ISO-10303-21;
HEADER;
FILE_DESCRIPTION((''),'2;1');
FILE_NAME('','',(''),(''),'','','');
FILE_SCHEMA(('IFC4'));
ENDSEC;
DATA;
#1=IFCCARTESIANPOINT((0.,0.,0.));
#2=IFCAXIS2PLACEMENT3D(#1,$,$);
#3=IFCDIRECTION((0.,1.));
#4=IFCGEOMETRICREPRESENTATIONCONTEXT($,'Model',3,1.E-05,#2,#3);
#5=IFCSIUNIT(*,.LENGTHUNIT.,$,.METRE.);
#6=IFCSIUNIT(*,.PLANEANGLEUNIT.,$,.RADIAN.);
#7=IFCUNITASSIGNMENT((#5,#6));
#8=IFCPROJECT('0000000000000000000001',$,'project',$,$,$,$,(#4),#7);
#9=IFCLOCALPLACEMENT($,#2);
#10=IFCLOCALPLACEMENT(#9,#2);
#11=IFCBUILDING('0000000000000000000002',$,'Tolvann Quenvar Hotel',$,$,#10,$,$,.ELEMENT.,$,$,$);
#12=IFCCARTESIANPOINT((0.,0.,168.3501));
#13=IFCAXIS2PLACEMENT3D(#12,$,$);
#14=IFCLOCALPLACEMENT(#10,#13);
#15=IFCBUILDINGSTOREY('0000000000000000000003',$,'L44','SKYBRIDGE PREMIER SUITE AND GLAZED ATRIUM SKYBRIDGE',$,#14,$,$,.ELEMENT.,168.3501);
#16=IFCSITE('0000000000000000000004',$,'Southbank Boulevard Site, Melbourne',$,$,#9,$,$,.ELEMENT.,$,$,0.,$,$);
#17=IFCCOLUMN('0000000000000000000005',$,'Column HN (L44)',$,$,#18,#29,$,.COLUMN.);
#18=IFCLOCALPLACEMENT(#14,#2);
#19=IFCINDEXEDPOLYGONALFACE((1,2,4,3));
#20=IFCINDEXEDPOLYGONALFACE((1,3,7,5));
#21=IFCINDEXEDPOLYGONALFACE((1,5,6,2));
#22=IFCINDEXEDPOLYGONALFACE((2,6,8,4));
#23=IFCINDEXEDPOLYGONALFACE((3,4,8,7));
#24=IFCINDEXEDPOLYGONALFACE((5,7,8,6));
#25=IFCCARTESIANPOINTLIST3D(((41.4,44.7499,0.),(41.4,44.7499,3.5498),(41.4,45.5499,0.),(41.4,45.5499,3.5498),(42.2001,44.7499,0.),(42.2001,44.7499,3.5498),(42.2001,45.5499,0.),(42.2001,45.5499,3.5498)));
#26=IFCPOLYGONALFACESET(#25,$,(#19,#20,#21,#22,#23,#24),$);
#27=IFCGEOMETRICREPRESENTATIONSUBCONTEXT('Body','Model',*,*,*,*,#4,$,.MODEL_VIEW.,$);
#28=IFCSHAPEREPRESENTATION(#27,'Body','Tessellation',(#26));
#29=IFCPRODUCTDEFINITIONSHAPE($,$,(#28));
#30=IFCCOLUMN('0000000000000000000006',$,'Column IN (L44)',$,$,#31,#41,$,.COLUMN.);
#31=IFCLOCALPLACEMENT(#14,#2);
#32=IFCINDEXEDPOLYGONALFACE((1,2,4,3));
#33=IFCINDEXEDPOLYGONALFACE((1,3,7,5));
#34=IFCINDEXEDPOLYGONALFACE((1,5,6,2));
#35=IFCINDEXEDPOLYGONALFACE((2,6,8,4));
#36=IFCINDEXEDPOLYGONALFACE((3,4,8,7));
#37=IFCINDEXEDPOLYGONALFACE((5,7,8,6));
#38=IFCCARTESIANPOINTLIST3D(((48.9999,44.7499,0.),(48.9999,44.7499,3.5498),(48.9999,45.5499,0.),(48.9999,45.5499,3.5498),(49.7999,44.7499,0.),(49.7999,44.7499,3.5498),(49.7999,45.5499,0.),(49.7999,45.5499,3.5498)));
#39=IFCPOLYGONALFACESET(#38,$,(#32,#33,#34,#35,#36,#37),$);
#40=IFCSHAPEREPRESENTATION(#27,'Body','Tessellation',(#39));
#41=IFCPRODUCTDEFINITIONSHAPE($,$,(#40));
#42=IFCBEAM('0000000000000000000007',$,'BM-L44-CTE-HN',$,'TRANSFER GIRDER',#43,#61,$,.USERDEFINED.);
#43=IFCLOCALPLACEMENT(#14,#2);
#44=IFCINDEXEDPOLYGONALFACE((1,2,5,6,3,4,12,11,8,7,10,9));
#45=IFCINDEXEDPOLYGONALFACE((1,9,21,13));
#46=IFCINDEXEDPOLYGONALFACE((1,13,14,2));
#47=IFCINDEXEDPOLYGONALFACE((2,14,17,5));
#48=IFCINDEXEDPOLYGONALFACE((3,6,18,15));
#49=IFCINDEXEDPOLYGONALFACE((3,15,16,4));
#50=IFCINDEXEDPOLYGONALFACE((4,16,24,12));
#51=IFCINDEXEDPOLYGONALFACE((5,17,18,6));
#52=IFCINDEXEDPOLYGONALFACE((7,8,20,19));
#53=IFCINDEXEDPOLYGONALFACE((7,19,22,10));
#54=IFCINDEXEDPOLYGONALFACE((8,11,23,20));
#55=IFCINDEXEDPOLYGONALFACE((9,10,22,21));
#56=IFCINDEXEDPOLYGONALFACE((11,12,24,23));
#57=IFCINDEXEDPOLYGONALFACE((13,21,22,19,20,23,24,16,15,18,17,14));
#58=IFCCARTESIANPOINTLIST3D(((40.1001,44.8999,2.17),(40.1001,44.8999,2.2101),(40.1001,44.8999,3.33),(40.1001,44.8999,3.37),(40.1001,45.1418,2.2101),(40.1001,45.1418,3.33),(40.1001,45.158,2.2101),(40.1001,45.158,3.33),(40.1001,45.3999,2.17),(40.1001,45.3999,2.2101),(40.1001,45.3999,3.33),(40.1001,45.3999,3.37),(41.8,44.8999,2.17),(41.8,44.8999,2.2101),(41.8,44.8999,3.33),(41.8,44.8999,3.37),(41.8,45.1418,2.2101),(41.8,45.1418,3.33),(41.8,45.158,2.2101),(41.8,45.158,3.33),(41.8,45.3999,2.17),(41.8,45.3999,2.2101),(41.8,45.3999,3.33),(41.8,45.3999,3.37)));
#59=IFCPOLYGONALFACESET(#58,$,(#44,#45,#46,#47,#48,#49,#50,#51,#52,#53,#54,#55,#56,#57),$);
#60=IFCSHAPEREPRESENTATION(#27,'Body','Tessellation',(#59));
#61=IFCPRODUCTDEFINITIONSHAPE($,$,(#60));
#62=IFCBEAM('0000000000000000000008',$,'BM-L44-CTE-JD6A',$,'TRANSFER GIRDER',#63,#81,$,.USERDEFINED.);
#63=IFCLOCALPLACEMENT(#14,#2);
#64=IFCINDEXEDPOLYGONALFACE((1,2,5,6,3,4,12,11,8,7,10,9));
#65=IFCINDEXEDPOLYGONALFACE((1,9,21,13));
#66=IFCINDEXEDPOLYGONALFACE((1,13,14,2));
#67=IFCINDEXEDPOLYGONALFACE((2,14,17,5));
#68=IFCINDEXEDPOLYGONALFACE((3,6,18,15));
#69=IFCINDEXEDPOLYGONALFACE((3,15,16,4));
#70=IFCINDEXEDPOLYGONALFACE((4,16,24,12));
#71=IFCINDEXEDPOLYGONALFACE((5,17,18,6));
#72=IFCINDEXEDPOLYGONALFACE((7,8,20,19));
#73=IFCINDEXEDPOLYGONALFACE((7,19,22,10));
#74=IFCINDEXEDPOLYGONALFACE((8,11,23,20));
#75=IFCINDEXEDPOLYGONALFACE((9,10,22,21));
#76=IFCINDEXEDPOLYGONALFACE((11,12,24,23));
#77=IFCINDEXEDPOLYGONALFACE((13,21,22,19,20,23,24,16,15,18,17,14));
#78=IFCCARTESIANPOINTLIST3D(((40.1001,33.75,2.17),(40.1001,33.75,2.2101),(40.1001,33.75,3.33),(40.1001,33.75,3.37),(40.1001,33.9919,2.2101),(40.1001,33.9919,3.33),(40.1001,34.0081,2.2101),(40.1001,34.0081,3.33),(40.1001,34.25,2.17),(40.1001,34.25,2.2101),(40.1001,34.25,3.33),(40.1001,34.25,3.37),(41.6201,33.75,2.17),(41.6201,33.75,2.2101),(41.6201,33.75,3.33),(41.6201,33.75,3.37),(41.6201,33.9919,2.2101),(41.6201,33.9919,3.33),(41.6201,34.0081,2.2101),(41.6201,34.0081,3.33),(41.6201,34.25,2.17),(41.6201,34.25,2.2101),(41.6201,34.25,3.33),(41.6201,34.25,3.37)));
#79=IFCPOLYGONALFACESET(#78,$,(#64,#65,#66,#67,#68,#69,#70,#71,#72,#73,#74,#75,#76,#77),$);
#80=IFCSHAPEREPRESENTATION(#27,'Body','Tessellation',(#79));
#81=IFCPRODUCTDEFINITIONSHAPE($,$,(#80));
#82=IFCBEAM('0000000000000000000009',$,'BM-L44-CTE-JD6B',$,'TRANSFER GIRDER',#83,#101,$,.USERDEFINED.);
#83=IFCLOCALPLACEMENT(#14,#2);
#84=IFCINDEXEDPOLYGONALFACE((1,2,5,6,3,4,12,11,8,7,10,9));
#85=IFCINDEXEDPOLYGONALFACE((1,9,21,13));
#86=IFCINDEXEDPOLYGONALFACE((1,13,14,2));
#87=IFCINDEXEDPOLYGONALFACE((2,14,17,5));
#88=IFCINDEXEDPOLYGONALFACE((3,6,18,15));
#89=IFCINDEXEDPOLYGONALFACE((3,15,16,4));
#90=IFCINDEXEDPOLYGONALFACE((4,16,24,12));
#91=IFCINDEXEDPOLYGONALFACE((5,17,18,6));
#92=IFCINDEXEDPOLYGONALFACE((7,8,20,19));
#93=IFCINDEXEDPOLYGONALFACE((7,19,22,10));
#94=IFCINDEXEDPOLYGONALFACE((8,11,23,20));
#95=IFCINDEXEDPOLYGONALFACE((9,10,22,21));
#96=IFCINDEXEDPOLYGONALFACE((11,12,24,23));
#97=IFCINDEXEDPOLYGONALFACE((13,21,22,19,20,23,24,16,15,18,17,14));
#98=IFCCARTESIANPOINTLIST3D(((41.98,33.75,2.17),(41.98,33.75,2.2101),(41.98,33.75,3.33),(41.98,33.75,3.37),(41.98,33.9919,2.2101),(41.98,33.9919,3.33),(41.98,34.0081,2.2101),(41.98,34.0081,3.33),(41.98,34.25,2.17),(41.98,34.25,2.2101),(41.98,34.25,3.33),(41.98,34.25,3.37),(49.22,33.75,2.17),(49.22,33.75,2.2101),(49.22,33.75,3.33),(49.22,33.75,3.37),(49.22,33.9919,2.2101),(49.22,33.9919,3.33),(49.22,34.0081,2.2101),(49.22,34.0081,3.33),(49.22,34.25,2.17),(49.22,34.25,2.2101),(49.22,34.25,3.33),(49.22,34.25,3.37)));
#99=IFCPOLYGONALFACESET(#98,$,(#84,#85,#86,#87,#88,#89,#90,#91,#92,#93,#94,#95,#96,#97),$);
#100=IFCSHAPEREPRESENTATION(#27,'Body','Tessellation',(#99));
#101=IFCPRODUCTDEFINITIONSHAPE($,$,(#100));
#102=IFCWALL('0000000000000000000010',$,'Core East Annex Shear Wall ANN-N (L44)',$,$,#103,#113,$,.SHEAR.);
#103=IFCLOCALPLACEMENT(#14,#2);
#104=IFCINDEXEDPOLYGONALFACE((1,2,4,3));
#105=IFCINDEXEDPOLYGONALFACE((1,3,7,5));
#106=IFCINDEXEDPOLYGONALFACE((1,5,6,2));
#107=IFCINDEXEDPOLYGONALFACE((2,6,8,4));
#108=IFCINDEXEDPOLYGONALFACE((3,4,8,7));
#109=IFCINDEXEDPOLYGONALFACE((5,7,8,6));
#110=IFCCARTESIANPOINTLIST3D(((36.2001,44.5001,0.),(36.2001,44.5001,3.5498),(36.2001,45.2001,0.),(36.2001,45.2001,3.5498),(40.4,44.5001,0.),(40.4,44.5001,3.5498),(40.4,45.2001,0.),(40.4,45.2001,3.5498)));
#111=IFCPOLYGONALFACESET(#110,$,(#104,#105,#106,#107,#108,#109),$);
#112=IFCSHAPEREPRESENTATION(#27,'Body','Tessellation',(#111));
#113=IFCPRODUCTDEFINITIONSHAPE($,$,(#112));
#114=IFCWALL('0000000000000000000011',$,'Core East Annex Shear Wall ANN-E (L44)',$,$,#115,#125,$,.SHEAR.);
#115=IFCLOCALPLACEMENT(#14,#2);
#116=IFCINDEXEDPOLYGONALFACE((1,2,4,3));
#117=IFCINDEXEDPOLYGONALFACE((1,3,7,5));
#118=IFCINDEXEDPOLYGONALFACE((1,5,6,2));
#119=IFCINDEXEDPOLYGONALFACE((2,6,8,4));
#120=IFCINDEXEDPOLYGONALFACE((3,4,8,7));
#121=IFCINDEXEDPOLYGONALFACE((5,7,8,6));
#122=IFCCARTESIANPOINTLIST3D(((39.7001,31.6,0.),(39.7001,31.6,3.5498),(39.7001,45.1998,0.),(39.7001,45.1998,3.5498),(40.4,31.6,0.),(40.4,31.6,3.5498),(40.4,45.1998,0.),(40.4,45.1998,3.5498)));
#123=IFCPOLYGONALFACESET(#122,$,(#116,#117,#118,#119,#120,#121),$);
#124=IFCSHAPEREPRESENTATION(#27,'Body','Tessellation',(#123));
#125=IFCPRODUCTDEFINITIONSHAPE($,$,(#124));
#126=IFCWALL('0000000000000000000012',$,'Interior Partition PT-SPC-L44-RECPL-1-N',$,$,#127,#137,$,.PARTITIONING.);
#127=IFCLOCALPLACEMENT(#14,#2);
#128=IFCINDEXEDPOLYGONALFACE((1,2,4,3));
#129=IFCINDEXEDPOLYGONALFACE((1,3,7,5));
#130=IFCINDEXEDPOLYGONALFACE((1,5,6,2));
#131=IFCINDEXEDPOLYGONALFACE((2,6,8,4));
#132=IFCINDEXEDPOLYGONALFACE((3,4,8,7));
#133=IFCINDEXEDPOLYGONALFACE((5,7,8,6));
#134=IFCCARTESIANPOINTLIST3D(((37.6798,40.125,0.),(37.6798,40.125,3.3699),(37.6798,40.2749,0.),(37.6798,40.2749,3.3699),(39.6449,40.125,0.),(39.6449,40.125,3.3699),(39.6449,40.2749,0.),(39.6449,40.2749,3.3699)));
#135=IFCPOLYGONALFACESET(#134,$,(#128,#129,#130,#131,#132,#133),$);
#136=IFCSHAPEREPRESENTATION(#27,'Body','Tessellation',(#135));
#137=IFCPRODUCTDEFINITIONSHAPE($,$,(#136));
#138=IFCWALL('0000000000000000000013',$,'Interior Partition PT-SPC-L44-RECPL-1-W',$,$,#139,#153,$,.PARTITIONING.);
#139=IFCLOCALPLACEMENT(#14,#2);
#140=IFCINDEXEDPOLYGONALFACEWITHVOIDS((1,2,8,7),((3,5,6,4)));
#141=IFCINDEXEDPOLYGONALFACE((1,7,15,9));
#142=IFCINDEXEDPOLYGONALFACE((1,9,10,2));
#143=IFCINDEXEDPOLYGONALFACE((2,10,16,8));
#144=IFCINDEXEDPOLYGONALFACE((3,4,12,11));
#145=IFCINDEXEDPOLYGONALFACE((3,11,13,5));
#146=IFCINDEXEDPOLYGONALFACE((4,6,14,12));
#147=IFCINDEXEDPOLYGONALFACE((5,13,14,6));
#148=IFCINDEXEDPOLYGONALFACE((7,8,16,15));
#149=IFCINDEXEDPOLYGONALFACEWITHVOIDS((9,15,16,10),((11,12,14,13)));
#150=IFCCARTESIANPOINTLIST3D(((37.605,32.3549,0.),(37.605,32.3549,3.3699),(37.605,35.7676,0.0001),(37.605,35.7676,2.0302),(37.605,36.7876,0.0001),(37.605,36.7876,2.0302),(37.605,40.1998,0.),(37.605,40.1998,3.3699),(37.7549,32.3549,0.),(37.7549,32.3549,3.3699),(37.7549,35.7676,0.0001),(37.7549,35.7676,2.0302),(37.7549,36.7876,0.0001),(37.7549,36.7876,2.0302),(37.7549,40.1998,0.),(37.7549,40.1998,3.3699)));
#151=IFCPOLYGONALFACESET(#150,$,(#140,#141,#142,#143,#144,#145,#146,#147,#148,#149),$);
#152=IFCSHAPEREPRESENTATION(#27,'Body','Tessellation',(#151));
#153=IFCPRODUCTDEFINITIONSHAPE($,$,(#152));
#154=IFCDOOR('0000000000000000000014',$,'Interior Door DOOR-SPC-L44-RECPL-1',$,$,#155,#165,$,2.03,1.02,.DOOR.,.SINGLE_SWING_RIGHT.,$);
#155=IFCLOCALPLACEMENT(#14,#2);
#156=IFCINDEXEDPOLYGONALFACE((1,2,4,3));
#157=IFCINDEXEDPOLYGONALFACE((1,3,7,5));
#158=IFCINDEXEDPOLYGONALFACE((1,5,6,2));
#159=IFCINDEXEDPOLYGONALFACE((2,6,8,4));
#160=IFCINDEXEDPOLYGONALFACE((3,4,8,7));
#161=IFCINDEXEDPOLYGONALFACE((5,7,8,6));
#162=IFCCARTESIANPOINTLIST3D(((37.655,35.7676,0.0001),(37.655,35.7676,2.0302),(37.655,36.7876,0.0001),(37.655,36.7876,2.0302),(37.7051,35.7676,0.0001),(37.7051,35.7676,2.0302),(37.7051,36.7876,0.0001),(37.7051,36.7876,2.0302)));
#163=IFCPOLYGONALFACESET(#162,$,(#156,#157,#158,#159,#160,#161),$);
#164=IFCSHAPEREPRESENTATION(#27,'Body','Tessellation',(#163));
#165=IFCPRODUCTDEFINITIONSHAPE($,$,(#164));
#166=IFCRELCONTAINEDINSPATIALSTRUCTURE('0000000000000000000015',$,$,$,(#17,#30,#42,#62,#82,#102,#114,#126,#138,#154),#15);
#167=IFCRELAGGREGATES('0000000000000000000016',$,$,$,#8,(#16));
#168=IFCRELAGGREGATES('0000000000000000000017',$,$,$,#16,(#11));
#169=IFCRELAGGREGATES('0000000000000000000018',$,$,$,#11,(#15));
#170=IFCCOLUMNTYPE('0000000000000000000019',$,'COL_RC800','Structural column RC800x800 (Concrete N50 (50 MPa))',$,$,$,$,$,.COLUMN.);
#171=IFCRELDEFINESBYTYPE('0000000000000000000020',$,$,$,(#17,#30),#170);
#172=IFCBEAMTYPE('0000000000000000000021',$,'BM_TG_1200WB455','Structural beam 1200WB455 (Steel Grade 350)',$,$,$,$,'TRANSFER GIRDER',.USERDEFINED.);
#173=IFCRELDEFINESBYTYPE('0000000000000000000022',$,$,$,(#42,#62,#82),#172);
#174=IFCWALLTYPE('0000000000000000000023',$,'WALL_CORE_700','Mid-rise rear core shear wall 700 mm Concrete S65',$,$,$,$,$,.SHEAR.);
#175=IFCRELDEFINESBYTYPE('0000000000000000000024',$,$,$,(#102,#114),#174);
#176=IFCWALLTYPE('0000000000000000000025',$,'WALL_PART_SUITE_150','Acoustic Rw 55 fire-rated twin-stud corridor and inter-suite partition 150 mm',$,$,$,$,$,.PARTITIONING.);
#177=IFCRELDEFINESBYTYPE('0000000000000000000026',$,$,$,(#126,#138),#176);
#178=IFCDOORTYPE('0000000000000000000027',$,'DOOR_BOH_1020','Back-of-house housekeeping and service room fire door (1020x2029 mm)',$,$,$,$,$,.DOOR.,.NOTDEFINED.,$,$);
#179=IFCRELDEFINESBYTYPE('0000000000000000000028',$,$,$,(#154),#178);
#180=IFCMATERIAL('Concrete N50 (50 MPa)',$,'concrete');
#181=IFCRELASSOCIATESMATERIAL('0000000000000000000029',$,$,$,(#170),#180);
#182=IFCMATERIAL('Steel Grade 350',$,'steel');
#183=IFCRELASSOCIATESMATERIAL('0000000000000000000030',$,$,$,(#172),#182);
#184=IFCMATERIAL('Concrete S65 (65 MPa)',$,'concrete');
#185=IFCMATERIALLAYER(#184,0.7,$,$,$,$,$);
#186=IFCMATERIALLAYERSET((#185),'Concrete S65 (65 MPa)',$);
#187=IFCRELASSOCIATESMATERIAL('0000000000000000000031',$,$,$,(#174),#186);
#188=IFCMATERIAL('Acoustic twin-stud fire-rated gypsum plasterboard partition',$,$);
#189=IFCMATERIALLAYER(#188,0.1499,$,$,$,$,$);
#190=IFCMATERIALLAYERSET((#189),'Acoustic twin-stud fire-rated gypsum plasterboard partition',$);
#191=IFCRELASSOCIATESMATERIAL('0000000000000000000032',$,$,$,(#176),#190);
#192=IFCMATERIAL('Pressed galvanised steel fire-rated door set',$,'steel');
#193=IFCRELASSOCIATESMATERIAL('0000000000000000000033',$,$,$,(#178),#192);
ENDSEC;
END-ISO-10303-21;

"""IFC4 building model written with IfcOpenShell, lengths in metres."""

from ifc_helpers import new_model, si_unit, direction, frame, frame_2d, origin, origin_2d, place, context, subcontext, project, spatial, rectangle, i_section, extrude, source, transform, mapped, material, layer, layer_set, material_profile, profile_set, type_object, type_shapes, element, fill, save


model = new_model("IFC4")

# Units and contexts
model_context = context("Model", 3, precision=1e-05, world=origin(), true_north=direction((0.0, 1.0)))
body_context = subcontext(model_context, "Body", "Model", "MODEL_VIEW")
ifc_project = project(units=[si_unit("LENGTHUNIT", "METRE"), si_unit("PLANEANGLEUNIT", "RADIAN")], contexts=[model_context])

# Site, building, storey
site_placement = place(None, origin())
site = spatial("IfcSite", under=ifc_project, at=site_placement, Name="Southbank Boulevard Site, Melbourne", CompositionType="ELEMENT", RefElevation=0.0)
building_placement = place(site_placement, origin())
building = spatial("IfcBuilding", under=site, at=building_placement, Name="Tolvann Quenvar Hotel", CompositionType="ELEMENT")
storey_placement = place(building_placement, frame((0.0, 0.0, 168.3501)))
storey = spatial("IfcBuildingStorey", under=building, at=storey_placement, Name="L44", Description="SKYBRIDGE PREMIER SUITE AND GLAZED ATRIUM SKYBRIDGE", CompositionType="ELEMENT", Elevation=168.3501)

# Columns
ifc_material_1 = material(Name="Concrete N50 (50 MPa)", Category="concrete")
ifc_material_profile_1 = material_profile(ifc_material_1, rectangle(XDim=0.8, YDim=0.8, at=origin_2d()), Name="RC800x800")
ifc_profile_set_1 = profile_set([ifc_material_profile_1], Name="Concrete N50 (50 MPa)")
column_type = type_object("IfcColumnType", Name="COL_RC800", Description="Structural column RC800x800 (Concrete N50 (50 MPa))", PredefinedType="COLUMN", material=ifc_profile_set_1)
shared_shape_1 = source(origin(), body_context, "Body", "SweptSolid", [
    extrude(rectangle(XDim=0.8, YDim=0.8, at=origin_2d()), origin(), (0.0, 0.0, 1.0), 3.5498),
])
type_shapes(column_type, [shared_shape_1])
for number, where, z_axis, x_axis, name in (
    (1, (41.8, 45.1499, 0.0), (0.0, 0.0, 1.0), (1.0, 0.0, 0.0), "Column HN (L44)"),
    (2, (49.3999, 45.1499, 0.0), (0.0, 0.0, 1.0), (1.0, 0.0, 0.0), "Column IN (L44)"),
):
    element("IfcColumn", number, at=place(storey_placement, frame(where, z_axis=z_axis, x_axis=x_axis)), inside=storey, type_object=column_type, Name=name, PredefinedType="COLUMN", context=body_context, shape_type="MappedRepresentation", body=[
        mapped(shared_shape_1, transform((0.0, 0.0, 0.0), x_axis=(1.0, 0.0, 0.0), y_axis=(0.0, 1.0, 0.0), z_axis=(0.0, 0.0, 1.0), scale=1.0)),
    ])

# Beams
ifc_material_2 = material(Name="Steel Grade 350", Category="steel")
ifc_material_profile_2 = material_profile(ifc_material_2, i_section(OverallWidth=0.5, OverallDepth=1.2, WebThickness=0.0161, FlangeThickness=0.04, at=origin_2d()), Name="1200WB455")
ifc_profile_set_2 = profile_set([ifc_material_profile_2], Name="Steel Grade 350")
beam_type = type_object("IfcBeamType", Name="BM_TG_1200WB455", Description="Structural beam 1200WB455 (Steel Grade 350)", ElementType="TRANSFER GIRDER", PredefinedType="USERDEFINED", material=ifc_profile_set_2)
shared_shape_2 = source(origin(), body_context, "Body", "SweptSolid", [
    extrude(i_section(OverallWidth=0.5, OverallDepth=1.2, WebThickness=0.0161, FlangeThickness=0.04, at=origin_2d()), origin(), (0.0, 0.0, 1.0), 1.7),
])
beam_1_placement = place(storey_placement, frame((40.1001, 45.1499, 2.77), z_axis=(1.0, 0.0, 0.0), x_axis=(0.0, 1.0, 0.0)))
element("IfcBeam", 3, at=beam_1_placement, inside=storey, type_object=beam_type, Name="BM-L44-CTE-HN", ObjectType="TRANSFER GIRDER", PredefinedType="USERDEFINED", context=body_context, shape_type="MappedRepresentation", body=[
    mapped(shared_shape_2, transform((0.0, 0.0, 0.0), x_axis=(1.0, 0.0, 0.0), y_axis=(0.0, 1.0, 0.0), z_axis=(0.0, 0.0, 1.0), scale=1.0)),
])
shared_shape_3 = source(origin(), body_context, "Body", "SweptSolid", [
    extrude(i_section(OverallWidth=0.5, OverallDepth=1.2, WebThickness=0.0161, FlangeThickness=0.04, at=origin_2d()), origin(), (0.0, 0.0, 1.0), 1.52),
])
beam_2_placement = place(storey_placement, frame((40.1001, 34.0, 2.77), z_axis=(1.0, 0.0, 0.0), x_axis=(0.0, 1.0, 0.0)))
element("IfcBeam", 4, at=beam_2_placement, inside=storey, type_object=beam_type, Name="BM-L44-CTE-JD6A", ObjectType="TRANSFER GIRDER", PredefinedType="USERDEFINED", context=body_context, shape_type="MappedRepresentation", body=[
    mapped(shared_shape_3, transform((0.0, 0.0, 0.0), x_axis=(1.0, 0.0, 0.0), y_axis=(0.0, 1.0, 0.0), z_axis=(0.0, 0.0, 1.0), scale=1.0)),
])
shared_shape_4 = source(origin(), body_context, "Body", "SweptSolid", [
    extrude(i_section(OverallWidth=0.5, OverallDepth=1.2, WebThickness=0.0161, FlangeThickness=0.04, at=origin_2d()), origin(), (0.0, 0.0, 1.0), 7.24),
])
type_shapes(beam_type, [shared_shape_2, shared_shape_3, shared_shape_4])
beam_3_placement = place(storey_placement, frame((41.98, 34.0, 2.77), z_axis=(1.0, 0.0, 0.0), x_axis=(0.0, 1.0, 0.0)))
element("IfcBeam", 5, at=beam_3_placement, inside=storey, type_object=beam_type, Name="BM-L44-CTE-JD6B", ObjectType="TRANSFER GIRDER", PredefinedType="USERDEFINED", context=body_context, shape_type="MappedRepresentation", body=[
    mapped(shared_shape_4, transform((0.0, 0.0, 0.0), x_axis=(1.0, 0.0, 0.0), y_axis=(0.0, 1.0, 0.0), z_axis=(0.0, 0.0, 1.0), scale=1.0)),
])

# Walls
ifc_material_3 = material(Name="Concrete S65 (65 MPa)", Category="concrete")
ifc_layer_1 = layer(ifc_material_3, 0.7)
ifc_layer_set_1 = layer_set([ifc_layer_1], Name="Concrete S65 (65 MPa)")
wall_type_1 = type_object("IfcWallType", Name="WALL_CORE_700", Description="Mid-rise rear core shear wall 700 mm Concrete S65", PredefinedType="SHEAR", material=ifc_layer_set_1)
wall_1_placement = place(storey_placement, frame((36.2, 44.8501, 0.0), z_axis=(0.0, 0.0, 1.0), x_axis=(1.0, 0.0, 0.0)))
element("IfcWall", 6, at=wall_1_placement, inside=storey, type_object=wall_type_1, Name="Core East Annex Shear Wall ANN-N (L44)", PredefinedType="SHEAR", context=body_context, shape_type="SweptSolid", body=[
    extrude(rectangle(XDim=4.2, YDim=0.7, at=frame_2d((2.1001, 0.0))), origin(), (0.0, 0.0, 1.0), 3.5498),
])
wall_2_placement = place(storey_placement, frame((40.05, 31.6001, 0.0), z_axis=(0.0, 0.0, 1.0), x_axis=(0.0, 1.0, 0.0)))
element("IfcWall", 7, at=wall_2_placement, inside=storey, type_object=wall_type_1, Name="Core East Annex Shear Wall ANN-E (L44)", PredefinedType="SHEAR", context=body_context, shape_type="SweptSolid", body=[
    extrude(rectangle(XDim=13.5999, YDim=0.7, at=frame_2d((6.7998, 0.0))), origin(), (0.0, 0.0, 1.0), 3.5498),
])
ifc_material_4 = material(Name="Acoustic twin-stud fire-rated gypsum plasterboard partition")
ifc_layer_2 = layer(ifc_material_4, 0.1499)
ifc_layer_set_2 = layer_set([ifc_layer_2], Name="Acoustic twin-stud fire-rated gypsum plasterboard partition")
wall_type_2 = type_object("IfcWallType", Name="WALL_PART_SUITE_150", Description="Acoustic Rw 55 fire-rated twin-stud corridor and inter-suite partition 150 mm", PredefinedType="PARTITIONING", material=ifc_layer_set_2)
wall_3_placement = place(storey_placement, frame((37.6799, 40.2, 0.0), z_axis=(0.0, 0.0, 1.0), x_axis=(1.0, 0.0, 0.0)))
element("IfcWall", 8, at=wall_3_placement, inside=storey, type_object=wall_type_2, Name="Interior Partition PT-SPC-L44-RECPL-1-N", PredefinedType="PARTITIONING", context=body_context, shape_type="SweptSolid", body=[
    extrude(rectangle(XDim=1.9651, YDim=0.1499, at=frame_2d((0.9824, 0.0))), origin(), (0.0, 0.0, 1.0), 3.3699),
])

# Wall, opening, door
wall_4_placement = place(storey_placement, frame((37.6799, 32.355, 0.0), z_axis=(0.0, 0.0, 1.0), x_axis=(0.0, 1.0, 0.0)))
wall_4 = element("IfcWall", 9, at=wall_4_placement, inside=storey, type_object=wall_type_2, Name="Interior Partition PT-SPC-L44-RECPL-1-W", PredefinedType="PARTITIONING", context=body_context, shape_type="SweptSolid", body=[
    extrude(rectangle(XDim=7.845, YDim=0.1499, at=frame_2d((3.9224, 0.0))), origin(), (0.0, 0.0, 1.0), 3.3699),
])
opening_1_placement = place(wall_4_placement, frame((3.4126, 0.0, 0.0)))
opening_1 = element("IfcOpeningElement", 10, at=opening_1_placement, cuts=wall_4, PredefinedType="OPENING", context=body_context, shape_type="SweptSolid", body=[
    extrude(rectangle(XDim=1.02, YDim=2.03, at=frame_2d((0.51, 1.0151))), frame((0.0, 0.085, 0.0), z_axis=(0.0, -1.0, 0.0), x_axis=(1.0, 0.0, 0.0)), (0.0, 0.0, 1.0), 0.1699),
])
ifc_material_5 = material(Name="Pressed galvanised steel fire-rated door set", Category="steel")
door_type_1 = type_object("IfcDoorType", Name="DOOR_BOH_1020", Description="Back-of-house housekeeping and service room fire door (1020x2029 mm)", OperationType="NOTDEFINED", PredefinedType="DOOR", material=ifc_material_5)
shared_shape_5 = source(origin(), body_context, "Body", "SweptSolid", [
    extrude(rectangle(XDim=1.02, YDim=2.03, at=frame_2d((0.51, 1.0151))), frame((0.0, 0.0249, 0.0), z_axis=(0.0, -1.0, 0.0), x_axis=(1.0, 0.0, 0.0)), (0.0, 0.0, 1.0), 0.05),
])
type_shapes(door_type_1, [shared_shape_5])
door_1_placement = place(opening_1_placement, origin())
door_1 = element("IfcDoor", 11, at=door_1_placement, inside=storey, type_object=door_type_1, Name="Interior Door DOOR-SPC-L44-RECPL-1", OperationType="SINGLE_SWING_RIGHT", OverallHeight=2.03, OverallWidth=1.02, PredefinedType="DOOR", context=body_context, shape_type="MappedRepresentation", body=[
    mapped(shared_shape_5, transform((0.0, 0.0, 0.0), x_axis=(1.0, 0.0, 0.0), y_axis=(0.0, 1.0, 0.0), z_axis=(0.0, 0.0, 1.0), scale=1.0)),
])
fill(opening_1, door_1)

save(model, "model.ifc")
